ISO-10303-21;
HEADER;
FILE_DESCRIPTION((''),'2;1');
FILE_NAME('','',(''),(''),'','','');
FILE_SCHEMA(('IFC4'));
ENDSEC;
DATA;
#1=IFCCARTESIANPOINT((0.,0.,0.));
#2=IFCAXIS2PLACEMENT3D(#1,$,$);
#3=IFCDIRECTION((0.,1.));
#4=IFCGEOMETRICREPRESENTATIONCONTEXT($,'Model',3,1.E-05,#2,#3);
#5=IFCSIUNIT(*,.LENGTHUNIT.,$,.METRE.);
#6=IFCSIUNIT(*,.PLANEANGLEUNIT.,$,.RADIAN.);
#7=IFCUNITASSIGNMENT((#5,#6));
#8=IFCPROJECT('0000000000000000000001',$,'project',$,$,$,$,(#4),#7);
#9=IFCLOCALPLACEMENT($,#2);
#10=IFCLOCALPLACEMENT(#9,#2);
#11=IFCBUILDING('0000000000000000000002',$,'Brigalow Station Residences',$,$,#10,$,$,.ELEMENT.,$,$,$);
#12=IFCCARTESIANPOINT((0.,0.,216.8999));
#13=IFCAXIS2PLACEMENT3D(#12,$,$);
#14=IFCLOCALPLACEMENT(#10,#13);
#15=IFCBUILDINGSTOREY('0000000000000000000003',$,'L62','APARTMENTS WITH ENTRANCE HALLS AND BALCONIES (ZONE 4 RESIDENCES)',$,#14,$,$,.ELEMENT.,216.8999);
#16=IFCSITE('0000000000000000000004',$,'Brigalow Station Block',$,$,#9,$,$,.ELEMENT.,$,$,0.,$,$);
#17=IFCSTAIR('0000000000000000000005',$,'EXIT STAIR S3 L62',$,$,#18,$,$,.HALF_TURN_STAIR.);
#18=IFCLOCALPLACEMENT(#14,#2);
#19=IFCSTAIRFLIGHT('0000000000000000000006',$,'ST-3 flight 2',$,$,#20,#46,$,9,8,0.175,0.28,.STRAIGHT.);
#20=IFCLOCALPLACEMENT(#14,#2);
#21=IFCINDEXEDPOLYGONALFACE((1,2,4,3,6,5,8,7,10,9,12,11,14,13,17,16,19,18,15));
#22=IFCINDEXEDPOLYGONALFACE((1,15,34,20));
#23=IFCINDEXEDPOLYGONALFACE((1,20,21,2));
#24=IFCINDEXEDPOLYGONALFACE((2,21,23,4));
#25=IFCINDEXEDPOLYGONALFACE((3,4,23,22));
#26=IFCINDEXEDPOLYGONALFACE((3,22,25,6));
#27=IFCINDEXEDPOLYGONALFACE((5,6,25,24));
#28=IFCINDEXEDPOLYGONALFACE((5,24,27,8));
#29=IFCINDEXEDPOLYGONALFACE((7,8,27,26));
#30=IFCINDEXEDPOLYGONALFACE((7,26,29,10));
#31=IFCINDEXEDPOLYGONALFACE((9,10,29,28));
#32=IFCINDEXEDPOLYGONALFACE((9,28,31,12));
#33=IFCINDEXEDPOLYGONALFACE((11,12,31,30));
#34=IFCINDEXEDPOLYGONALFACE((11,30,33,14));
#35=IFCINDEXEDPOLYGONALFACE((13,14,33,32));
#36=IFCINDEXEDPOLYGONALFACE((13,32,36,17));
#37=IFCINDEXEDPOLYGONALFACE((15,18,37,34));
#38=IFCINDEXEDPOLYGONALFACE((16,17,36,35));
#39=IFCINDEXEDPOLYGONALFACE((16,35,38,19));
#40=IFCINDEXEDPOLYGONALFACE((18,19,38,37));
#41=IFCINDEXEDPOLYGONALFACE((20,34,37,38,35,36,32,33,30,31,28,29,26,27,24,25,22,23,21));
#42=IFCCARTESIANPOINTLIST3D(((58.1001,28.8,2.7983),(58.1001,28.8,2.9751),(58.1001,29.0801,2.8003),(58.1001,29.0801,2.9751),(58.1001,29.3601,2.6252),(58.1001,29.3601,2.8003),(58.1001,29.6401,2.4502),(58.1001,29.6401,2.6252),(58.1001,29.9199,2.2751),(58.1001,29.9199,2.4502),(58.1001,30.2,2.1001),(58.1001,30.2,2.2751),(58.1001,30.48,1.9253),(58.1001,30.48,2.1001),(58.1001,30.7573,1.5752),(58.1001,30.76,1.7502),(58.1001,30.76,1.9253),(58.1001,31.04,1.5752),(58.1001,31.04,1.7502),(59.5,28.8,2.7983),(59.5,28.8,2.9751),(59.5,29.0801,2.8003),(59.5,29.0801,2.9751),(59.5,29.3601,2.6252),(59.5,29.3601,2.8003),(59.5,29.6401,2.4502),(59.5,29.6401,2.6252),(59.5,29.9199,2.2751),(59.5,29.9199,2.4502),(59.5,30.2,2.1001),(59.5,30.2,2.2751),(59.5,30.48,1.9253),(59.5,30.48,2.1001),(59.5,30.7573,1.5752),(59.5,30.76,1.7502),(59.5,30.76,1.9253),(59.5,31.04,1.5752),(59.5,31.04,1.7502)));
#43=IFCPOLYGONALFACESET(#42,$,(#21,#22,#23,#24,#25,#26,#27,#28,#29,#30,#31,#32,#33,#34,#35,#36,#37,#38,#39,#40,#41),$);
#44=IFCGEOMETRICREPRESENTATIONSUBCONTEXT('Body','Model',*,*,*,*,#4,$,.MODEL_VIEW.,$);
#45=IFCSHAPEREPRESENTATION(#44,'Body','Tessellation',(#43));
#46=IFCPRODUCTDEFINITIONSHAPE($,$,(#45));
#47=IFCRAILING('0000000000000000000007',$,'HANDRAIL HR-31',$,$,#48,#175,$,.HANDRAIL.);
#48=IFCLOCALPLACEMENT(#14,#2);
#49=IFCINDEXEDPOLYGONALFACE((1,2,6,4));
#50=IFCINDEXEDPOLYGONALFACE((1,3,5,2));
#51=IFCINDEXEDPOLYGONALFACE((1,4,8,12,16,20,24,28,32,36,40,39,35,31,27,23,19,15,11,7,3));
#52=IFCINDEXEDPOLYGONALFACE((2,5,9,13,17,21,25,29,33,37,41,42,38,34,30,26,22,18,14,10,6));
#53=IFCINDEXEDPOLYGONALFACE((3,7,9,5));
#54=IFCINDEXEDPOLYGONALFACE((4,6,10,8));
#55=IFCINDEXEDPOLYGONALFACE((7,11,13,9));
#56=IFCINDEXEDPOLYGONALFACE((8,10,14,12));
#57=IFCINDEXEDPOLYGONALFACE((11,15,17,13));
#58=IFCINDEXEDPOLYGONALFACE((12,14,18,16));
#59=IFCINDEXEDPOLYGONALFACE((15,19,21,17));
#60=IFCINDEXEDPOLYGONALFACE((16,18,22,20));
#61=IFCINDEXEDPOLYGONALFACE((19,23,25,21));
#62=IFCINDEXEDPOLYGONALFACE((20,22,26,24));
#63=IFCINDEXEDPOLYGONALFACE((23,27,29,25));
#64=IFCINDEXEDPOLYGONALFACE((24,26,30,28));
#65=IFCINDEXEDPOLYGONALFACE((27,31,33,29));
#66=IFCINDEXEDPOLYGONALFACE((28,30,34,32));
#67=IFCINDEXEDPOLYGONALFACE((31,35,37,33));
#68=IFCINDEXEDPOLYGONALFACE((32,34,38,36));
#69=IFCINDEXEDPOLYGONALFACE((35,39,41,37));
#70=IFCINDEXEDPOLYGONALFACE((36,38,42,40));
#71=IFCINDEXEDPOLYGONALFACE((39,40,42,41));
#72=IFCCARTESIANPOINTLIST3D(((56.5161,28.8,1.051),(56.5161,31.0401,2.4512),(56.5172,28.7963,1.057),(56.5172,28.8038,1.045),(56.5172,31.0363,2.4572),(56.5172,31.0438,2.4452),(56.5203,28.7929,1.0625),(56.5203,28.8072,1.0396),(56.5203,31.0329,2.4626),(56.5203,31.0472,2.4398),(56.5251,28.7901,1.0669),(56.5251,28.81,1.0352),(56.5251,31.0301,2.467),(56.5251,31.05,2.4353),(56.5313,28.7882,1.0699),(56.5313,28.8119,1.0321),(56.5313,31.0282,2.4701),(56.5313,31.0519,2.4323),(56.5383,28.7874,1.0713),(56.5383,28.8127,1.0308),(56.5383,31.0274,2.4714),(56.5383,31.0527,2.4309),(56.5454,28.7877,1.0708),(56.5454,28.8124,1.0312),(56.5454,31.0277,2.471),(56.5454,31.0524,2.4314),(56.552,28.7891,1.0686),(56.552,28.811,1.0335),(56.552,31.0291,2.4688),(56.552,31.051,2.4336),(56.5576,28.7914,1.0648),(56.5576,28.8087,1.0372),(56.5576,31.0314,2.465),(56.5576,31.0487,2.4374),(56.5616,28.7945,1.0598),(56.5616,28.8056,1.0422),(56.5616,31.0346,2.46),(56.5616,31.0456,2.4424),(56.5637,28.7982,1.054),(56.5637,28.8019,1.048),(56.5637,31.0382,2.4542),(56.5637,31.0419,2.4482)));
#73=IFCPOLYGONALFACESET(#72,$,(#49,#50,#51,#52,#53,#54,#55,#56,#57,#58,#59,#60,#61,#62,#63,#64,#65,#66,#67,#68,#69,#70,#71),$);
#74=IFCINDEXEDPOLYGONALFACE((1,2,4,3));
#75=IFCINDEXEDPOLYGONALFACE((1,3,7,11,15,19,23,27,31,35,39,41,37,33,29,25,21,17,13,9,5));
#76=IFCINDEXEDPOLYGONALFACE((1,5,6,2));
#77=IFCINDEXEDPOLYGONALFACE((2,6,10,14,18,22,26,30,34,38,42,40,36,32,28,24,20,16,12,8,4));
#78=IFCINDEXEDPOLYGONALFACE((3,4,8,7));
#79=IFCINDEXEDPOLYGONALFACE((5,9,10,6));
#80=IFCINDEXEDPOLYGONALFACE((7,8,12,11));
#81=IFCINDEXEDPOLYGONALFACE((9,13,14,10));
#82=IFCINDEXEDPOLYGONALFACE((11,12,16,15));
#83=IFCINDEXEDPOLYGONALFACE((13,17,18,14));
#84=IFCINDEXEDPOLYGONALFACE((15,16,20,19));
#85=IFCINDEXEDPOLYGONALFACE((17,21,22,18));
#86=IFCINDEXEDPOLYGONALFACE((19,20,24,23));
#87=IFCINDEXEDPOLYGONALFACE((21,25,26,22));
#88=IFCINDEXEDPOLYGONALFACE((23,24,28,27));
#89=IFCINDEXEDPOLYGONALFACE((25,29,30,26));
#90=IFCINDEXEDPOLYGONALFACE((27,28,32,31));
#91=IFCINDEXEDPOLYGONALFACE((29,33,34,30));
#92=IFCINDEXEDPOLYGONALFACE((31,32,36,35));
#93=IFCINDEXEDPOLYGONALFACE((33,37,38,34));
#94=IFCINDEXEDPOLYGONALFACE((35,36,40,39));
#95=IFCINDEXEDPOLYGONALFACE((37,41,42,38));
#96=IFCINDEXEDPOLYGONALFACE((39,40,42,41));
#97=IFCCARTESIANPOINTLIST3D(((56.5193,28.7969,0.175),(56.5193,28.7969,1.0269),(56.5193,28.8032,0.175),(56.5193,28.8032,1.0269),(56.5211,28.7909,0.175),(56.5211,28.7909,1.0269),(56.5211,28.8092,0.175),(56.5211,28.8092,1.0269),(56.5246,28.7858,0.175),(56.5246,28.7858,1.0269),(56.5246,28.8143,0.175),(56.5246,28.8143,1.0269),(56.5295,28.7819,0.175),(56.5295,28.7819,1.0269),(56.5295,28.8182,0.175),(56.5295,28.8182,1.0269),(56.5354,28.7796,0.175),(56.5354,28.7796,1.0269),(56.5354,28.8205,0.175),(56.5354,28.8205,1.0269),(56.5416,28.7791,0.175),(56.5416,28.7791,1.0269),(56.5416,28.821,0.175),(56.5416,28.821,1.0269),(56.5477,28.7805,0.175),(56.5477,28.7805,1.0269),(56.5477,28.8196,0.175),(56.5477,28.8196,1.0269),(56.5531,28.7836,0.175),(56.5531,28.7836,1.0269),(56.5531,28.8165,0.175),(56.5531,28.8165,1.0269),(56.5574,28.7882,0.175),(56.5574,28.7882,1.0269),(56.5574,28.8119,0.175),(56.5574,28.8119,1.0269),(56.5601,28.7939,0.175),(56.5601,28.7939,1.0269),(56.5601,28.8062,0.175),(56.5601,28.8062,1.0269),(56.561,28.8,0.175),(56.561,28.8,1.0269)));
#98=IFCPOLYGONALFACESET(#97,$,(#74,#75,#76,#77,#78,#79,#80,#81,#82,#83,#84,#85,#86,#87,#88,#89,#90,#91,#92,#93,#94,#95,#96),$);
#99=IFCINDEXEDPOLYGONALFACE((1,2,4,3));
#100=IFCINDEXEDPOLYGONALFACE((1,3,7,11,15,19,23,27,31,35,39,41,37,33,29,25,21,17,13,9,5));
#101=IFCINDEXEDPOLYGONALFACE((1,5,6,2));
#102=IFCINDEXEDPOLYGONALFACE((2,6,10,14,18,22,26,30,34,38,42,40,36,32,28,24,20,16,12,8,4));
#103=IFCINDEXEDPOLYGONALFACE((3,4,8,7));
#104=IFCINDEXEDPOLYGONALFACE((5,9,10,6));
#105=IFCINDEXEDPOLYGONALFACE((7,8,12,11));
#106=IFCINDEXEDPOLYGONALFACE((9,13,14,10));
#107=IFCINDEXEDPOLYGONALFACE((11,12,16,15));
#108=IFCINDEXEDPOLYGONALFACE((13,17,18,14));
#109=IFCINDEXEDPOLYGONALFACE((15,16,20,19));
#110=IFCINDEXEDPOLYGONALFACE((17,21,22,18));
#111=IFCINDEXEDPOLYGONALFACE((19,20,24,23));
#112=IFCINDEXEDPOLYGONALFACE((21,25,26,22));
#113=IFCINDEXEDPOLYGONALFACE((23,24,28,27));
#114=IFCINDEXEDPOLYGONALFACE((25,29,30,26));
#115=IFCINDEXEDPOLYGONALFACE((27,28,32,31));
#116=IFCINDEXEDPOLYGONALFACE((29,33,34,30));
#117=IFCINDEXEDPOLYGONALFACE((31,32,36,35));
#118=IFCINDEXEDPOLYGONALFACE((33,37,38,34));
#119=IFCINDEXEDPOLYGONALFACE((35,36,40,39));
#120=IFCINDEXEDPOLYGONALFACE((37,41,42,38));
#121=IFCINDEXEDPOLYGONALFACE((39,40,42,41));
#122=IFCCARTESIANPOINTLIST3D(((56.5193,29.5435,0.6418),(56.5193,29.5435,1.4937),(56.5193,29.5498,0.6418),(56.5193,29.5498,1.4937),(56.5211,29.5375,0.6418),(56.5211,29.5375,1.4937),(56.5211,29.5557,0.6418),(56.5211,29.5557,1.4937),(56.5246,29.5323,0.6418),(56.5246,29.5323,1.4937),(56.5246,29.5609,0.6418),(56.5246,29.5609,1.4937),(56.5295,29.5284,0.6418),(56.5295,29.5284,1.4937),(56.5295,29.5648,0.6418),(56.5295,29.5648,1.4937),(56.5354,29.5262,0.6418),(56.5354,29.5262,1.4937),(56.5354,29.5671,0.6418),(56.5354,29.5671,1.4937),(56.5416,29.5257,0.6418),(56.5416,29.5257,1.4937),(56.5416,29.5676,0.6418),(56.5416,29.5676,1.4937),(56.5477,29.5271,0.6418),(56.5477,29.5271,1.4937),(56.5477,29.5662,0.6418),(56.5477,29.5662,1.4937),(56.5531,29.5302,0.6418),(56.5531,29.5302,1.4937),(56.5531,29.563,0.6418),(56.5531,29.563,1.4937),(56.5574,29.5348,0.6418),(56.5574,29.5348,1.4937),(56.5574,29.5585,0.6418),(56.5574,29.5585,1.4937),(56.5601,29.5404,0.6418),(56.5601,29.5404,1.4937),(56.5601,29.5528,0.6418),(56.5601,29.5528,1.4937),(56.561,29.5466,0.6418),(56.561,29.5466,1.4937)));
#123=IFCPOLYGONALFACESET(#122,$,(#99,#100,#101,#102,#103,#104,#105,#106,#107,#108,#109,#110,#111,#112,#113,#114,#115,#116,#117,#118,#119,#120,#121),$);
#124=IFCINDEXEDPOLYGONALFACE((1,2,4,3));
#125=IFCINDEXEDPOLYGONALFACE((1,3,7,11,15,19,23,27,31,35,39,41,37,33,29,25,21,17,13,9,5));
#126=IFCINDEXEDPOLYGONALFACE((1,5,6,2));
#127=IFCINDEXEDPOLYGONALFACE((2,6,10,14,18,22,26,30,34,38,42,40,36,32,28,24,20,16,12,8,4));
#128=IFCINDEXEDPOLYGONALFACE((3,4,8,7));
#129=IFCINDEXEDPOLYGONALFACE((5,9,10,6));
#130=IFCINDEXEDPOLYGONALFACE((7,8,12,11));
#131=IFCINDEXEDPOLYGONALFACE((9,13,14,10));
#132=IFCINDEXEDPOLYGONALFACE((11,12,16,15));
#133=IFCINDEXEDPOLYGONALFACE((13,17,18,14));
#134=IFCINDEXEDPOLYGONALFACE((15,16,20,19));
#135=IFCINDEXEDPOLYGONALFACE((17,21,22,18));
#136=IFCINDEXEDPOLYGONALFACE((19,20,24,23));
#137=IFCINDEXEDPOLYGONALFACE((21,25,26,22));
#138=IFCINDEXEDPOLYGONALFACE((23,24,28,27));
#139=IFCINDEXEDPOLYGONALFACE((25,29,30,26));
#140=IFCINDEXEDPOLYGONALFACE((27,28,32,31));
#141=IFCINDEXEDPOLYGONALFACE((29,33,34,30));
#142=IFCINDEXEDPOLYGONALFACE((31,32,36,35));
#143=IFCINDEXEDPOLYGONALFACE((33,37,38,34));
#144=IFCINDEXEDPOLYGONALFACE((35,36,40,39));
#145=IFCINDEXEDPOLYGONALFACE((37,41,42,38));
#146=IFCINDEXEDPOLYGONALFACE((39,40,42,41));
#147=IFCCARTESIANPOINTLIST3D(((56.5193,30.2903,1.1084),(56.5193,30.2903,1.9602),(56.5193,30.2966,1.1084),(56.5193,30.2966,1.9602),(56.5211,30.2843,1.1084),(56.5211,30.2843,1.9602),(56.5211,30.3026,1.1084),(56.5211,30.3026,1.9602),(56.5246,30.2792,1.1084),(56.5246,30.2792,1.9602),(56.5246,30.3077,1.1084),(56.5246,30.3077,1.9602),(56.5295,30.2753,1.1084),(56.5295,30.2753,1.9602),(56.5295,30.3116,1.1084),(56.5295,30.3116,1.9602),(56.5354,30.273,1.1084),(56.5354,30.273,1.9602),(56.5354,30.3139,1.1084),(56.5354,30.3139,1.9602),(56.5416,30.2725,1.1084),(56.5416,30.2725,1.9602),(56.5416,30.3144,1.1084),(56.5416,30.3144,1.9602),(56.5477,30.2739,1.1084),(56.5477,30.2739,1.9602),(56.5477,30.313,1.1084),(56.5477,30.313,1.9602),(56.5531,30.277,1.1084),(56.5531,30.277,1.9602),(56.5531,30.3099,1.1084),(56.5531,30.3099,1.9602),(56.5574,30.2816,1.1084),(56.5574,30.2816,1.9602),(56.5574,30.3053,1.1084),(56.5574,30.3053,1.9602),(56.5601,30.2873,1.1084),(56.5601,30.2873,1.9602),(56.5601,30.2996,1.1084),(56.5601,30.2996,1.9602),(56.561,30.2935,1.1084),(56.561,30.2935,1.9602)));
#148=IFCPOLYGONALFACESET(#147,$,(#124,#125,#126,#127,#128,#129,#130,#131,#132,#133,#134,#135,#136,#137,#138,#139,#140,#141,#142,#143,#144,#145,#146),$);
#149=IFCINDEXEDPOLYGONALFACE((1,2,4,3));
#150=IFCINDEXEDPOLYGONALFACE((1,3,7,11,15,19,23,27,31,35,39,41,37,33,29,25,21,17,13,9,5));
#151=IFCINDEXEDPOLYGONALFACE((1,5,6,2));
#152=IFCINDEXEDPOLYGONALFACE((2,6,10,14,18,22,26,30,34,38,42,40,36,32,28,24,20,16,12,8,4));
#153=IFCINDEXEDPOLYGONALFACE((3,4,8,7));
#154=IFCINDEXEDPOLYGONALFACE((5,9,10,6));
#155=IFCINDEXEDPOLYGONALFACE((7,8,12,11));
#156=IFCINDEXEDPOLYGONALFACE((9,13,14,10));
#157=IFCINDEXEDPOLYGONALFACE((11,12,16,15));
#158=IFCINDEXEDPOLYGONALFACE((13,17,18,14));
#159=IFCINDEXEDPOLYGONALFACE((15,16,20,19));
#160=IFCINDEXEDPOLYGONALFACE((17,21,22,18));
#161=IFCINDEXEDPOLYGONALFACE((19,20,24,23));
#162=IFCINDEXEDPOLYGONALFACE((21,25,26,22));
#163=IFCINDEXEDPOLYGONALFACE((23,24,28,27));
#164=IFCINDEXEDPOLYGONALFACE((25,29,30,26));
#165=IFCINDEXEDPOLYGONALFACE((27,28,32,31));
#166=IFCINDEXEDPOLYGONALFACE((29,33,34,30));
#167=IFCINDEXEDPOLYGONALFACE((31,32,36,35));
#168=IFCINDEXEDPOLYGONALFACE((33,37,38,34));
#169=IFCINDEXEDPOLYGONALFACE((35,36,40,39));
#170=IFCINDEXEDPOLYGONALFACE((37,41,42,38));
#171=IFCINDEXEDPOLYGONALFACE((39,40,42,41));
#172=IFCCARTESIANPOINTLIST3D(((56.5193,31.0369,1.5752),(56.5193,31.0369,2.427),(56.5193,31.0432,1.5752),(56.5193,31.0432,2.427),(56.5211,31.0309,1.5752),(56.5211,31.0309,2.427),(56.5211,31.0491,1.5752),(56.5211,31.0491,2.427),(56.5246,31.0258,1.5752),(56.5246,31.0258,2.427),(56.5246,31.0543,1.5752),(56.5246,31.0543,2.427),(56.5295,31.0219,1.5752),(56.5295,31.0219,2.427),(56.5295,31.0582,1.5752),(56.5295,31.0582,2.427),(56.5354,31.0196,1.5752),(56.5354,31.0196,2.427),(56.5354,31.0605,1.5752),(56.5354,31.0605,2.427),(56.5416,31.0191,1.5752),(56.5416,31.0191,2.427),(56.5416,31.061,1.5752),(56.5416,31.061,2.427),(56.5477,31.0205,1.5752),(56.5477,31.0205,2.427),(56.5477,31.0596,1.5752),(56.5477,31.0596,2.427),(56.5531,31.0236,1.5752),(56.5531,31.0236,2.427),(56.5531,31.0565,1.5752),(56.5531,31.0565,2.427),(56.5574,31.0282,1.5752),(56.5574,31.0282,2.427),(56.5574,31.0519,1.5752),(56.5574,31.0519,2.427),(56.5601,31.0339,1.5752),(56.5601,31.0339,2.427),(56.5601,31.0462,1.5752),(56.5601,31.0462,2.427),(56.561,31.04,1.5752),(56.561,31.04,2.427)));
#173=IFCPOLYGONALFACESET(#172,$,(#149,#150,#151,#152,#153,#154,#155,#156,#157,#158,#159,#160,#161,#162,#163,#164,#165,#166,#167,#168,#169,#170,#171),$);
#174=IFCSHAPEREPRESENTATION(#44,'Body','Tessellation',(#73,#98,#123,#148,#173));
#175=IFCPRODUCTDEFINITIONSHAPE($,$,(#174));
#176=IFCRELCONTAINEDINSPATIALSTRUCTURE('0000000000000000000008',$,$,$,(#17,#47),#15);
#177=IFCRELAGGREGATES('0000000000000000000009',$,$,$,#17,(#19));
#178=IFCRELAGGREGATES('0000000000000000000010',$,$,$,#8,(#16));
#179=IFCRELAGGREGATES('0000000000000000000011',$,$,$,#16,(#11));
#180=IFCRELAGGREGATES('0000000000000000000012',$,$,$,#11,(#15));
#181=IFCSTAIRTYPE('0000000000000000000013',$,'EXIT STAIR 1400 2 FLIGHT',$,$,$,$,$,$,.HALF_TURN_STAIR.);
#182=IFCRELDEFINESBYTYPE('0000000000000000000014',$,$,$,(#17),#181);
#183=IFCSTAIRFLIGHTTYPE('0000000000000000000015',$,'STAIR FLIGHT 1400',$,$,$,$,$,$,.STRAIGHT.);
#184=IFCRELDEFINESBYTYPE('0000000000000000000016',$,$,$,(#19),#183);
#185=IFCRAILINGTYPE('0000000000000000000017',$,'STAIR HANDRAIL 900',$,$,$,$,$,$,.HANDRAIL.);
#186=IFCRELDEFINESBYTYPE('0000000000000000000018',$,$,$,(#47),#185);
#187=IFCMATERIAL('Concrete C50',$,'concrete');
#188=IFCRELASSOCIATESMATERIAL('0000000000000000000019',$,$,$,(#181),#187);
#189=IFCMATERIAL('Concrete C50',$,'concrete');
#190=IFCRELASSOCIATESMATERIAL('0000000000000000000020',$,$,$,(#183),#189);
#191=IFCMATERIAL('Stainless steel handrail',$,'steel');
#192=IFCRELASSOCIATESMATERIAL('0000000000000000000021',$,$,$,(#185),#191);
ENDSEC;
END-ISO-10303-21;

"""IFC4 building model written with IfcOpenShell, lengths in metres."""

from ifc_helpers import new_model, si_unit, direction, frame, origin, origin_2d, place, context, subcontext, project, spatial, polyline, circle, outline, extrude, material, type_object, element, aggregate, save


model = new_model("IFC4")

# Units and contexts
model_context = context("Model", 3, precision=1e-05, world=origin(), true_north=direction((0.0, 1.0)))
body_context = subcontext(model_context, "Body", "Model", "MODEL_VIEW")
ifc_project = project(units=[si_unit("LENGTHUNIT", "METRE"), si_unit("PLANEANGLEUNIT", "RADIAN")], contexts=[model_context])

# Site, building, storey
site_placement = place(None, origin())
site = spatial("IfcSite", under=ifc_project, at=site_placement, Name="Brigalow Station Block", CompositionType="ELEMENT", RefElevation=0.0)
building_placement = place(site_placement, origin())
building = spatial("IfcBuilding", under=site, at=building_placement, Name="Brigalow Station Residences", CompositionType="ELEMENT")
storey_placement = place(building_placement, frame((0.0, 0.0, 216.8999)))
storey = spatial("IfcBuildingStorey", under=building, at=storey_placement, Name="L62", Description="APARTMENTS WITH ENTRANCE HALLS AND BALCONIES (ZONE 4 RESIDENCES)", CompositionType="ELEMENT", Elevation=216.8999)

# Stair, stair flight
ifc_material_1 = material(Name="Concrete C50", Category="concrete")
stair_type = type_object("IfcStairType", Name="EXIT STAIR 1400 2 FLIGHT", PredefinedType="HALF_TURN_STAIR", material=ifc_material_1)
stair_placement = place(storey_placement, origin())
stair = element("IfcStair", 1, at=stair_placement, inside=storey, type_object=stair_type, Name="EXIT STAIR S3 L62", PredefinedType="HALF_TURN_STAIR")
ifc_material_2 = material(Name="Concrete C50", Category="concrete")
stair_flight_type = type_object("IfcStairFlightType", Name="STAIR FLIGHT 1400", PredefinedType="STRAIGHT", material=ifc_material_2)
stair_flight_1_placement = place(storey_placement, frame((58.8, 31.04, 1.5752), z_axis=(0.0, 0.0, 1.0), x_axis=(0.0, -1.0, 0.0)))
stair_flight_1 = element("IfcStairFlight", 2, at=stair_flight_1_placement, type_object=stair_flight_type, Name="ST-3 flight 2", NumberOfRisers=9, NumberOfTreads=8, PredefinedType="STRAIGHT", RiserHeight=0.175, TreadLength=0.28, context=body_context, shape_type="SweptSolid", body=[
    extrude(outline(polyline([(0.0, 0.0), (0.0, 0.175), (0.28, 0.175), (0.28, 0.3501), (0.5601, 0.3501), (0.5601, 0.5249), (0.8401, 0.5249), (0.8401, 0.7), (1.1201, 0.7), (1.1201, 0.875), (1.3999, 0.875), (1.3999, 1.05), (1.6799, 1.05), (1.6799, 1.2251), (1.96, 1.2251), (1.96, 1.3999), (2.24, 1.3999), (2.24, 1.575), (2.24, 1.2231), (0.2827, 0.0), (0.0, 0.0)])), frame((0.0, 0.7, 0.0), z_axis=(0.0, -1.0, 0.0), x_axis=(1.0, 0.0, 0.0)), (0.0, 0.0, 1.0), 1.3999),
])
aggregate(stair, [stair_flight_1])

# Railing
ifc_material_3 = material(Name="Stainless steel handrail", Category="steel")
railing_type_1 = type_object("IfcRailingType", Name="STAIR HANDRAIL 900", PredefinedType="HANDRAIL", material=ifc_material_3)
railing_1_placement = place(storey_placement, frame((56.54, 28.8, 0.175)))
element("IfcRailing", 3, at=railing_1_placement, inside=storey, type_object=railing_type_1, Name="HANDRAIL HR-31", PredefinedType="HANDRAIL", context=body_context, shape_type="SweptSolid", body=[
    extrude(circle(Radius=0.0239, at=origin_2d()), frame((0.0, 0.0, 0.876), z_axis=(0.0, 0.847972, 0.53004), x_axis=(-1.0, 0.0, 0.0)), (0.0, 0.0, 1.0), 2.6416),
    extrude(circle(Radius=0.021, at=origin_2d()), origin(), (0.0, 0.0, 1.0), 0.8518),
    extrude(circle(Radius=0.021, at=origin_2d()), frame((0.0, 0.7466, 0.4668)), (0.0, 0.0, 1.0), 0.8518),
    extrude(circle(Radius=0.021, at=origin_2d()), frame((0.0, 1.4934, 0.9333)), (0.0, 0.0, 1.0), 0.8518),
    extrude(circle(Radius=0.021, at=origin_2d()), frame((0.0, 2.24, 1.4001)), (0.0, 0.0, 1.0), 0.8518),
])

save(model, "model.ifc")
